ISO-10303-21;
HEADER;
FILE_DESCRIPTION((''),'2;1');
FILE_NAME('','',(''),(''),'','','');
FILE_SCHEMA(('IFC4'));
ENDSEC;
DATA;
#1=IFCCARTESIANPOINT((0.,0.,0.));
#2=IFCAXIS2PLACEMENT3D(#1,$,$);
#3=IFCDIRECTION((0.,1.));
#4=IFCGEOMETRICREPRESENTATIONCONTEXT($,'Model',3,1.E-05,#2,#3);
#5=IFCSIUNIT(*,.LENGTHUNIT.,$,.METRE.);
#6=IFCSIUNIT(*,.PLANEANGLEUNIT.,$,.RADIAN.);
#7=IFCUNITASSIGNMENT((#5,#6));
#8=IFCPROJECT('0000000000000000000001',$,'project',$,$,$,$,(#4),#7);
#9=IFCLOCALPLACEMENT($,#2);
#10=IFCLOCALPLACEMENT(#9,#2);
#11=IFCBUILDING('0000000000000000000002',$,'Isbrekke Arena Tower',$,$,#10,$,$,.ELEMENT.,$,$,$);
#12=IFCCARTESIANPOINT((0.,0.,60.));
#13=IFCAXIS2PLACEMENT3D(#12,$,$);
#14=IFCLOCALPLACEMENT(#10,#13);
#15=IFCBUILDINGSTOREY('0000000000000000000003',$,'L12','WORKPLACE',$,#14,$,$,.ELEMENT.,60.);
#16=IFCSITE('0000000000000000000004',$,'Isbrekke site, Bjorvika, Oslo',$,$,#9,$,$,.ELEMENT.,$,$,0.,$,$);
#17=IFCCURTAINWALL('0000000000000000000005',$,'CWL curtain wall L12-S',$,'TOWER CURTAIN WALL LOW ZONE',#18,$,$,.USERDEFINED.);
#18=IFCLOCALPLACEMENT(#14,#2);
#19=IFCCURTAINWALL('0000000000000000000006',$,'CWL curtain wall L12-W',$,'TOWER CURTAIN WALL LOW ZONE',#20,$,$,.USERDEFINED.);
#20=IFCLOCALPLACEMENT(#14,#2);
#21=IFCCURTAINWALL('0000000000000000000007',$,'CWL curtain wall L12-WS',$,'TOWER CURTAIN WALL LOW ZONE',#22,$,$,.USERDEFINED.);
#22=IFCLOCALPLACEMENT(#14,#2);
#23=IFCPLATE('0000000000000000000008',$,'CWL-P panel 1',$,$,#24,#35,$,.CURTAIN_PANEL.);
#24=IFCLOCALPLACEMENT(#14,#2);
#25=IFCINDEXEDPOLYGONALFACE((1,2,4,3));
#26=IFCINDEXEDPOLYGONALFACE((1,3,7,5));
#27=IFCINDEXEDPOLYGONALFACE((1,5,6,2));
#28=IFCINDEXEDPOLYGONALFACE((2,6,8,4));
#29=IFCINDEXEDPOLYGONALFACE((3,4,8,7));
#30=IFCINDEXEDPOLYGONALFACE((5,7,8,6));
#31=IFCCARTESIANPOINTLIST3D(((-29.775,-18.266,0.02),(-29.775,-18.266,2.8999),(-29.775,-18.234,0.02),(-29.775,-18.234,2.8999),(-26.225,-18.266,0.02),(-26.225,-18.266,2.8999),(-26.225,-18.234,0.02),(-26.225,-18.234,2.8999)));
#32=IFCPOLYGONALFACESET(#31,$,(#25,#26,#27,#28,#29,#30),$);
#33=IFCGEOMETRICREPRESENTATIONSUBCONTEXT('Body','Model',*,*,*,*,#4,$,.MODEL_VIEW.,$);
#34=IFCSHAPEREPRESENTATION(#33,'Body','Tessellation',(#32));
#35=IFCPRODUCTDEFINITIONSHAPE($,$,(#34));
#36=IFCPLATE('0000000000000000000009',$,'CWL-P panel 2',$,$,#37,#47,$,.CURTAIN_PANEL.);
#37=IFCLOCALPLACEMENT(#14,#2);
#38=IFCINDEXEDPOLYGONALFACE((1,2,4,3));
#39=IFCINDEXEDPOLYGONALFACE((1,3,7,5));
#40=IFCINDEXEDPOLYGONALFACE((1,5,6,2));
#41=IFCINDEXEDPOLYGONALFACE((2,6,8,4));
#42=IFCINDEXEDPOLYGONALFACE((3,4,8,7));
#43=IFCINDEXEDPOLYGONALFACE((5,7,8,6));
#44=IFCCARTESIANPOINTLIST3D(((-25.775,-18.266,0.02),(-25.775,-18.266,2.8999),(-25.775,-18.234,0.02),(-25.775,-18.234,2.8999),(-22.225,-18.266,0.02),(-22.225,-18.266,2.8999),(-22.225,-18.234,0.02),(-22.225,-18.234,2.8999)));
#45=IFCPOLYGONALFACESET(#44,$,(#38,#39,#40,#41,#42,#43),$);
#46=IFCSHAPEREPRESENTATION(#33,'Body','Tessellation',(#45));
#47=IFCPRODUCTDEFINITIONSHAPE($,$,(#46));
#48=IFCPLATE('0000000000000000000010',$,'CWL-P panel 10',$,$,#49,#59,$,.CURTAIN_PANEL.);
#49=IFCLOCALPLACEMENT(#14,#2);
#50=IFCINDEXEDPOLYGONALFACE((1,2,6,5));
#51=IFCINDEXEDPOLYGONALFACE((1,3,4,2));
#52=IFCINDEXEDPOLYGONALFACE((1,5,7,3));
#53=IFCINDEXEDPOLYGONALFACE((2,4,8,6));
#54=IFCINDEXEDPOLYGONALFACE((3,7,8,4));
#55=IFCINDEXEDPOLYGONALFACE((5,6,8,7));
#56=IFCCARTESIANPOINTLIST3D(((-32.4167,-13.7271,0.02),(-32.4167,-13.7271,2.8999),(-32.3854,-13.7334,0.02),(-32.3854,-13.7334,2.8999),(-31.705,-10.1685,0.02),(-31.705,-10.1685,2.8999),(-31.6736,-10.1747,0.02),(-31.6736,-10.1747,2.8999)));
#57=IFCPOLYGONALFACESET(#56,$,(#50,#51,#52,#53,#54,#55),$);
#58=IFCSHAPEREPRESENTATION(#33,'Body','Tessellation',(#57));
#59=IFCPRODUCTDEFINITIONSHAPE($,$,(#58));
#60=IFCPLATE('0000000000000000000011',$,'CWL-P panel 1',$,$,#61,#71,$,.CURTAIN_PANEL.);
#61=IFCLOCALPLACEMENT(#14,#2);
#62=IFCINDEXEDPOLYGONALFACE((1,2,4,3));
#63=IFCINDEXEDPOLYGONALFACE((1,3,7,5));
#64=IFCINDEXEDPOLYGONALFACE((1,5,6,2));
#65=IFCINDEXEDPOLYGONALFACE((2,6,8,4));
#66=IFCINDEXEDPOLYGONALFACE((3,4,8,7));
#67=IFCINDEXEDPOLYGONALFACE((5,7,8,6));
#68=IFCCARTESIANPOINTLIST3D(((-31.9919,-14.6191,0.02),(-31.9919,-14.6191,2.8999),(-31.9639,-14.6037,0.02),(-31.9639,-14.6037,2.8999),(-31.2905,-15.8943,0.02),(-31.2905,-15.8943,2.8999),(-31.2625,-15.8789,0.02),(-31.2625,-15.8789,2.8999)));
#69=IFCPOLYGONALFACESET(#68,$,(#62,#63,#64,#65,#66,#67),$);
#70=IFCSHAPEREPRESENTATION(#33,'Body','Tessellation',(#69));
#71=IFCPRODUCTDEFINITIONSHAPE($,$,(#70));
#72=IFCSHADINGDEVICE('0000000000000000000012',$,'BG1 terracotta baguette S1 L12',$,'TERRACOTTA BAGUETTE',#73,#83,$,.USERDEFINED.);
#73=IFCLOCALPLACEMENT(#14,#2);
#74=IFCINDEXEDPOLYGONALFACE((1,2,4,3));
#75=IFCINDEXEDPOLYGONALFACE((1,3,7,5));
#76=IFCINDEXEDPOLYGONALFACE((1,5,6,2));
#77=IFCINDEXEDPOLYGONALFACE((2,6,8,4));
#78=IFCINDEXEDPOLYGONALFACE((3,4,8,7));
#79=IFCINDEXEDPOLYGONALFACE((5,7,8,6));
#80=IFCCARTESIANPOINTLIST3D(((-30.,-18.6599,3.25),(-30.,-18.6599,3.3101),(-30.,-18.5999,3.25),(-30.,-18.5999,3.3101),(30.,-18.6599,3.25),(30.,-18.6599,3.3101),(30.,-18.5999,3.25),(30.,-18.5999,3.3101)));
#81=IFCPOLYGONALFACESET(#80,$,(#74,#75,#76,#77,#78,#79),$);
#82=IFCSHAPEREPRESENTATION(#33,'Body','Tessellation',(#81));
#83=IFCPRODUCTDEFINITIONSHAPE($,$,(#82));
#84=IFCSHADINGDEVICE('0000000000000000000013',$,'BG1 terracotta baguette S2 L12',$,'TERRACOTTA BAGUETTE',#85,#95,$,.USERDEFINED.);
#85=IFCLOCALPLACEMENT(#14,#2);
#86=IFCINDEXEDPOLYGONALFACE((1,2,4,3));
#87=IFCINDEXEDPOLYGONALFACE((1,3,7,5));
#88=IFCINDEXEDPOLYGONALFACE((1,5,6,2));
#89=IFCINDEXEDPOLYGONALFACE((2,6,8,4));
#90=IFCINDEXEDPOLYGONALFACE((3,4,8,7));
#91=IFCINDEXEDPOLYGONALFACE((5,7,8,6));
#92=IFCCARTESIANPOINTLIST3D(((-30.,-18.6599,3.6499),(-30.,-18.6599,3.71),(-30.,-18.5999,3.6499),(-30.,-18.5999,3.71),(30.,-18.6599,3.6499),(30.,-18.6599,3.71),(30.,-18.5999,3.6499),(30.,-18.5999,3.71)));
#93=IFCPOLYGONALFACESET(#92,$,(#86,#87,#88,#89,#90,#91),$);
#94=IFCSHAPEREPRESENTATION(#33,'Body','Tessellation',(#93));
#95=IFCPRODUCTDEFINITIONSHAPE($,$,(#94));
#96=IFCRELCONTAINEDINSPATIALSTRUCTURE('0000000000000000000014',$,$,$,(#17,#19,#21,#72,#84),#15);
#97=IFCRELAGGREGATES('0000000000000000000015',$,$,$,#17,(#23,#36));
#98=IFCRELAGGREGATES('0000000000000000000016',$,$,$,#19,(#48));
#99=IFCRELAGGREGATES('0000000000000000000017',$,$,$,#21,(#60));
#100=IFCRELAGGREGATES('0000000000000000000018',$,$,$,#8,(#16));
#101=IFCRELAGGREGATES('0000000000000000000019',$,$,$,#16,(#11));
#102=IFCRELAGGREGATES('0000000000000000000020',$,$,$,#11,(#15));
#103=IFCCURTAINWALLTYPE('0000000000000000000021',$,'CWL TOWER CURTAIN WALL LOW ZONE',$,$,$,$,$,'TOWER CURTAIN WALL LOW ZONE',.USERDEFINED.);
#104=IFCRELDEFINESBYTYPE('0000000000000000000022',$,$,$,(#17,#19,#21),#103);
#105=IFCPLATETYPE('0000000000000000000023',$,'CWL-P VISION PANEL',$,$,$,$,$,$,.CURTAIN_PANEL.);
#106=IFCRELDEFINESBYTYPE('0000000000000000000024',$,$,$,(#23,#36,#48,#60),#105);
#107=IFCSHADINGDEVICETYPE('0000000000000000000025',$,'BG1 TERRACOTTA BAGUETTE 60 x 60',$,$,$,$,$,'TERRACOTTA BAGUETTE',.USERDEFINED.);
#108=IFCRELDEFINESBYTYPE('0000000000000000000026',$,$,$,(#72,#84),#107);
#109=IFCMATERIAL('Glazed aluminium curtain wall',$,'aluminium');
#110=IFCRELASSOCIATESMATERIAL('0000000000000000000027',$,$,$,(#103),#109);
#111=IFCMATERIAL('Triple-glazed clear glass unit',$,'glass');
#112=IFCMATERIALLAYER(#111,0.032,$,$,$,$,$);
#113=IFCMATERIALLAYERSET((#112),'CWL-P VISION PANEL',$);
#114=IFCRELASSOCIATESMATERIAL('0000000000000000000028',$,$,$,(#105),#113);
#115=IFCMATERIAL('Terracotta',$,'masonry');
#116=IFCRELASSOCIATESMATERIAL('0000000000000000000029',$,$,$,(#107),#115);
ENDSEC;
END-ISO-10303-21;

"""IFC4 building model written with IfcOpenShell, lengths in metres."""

from ifc_helpers import new_model, si_unit, direction, frame, origin, origin_2d, place, context, subcontext, project, spatial, rectangle, extrude, material, layer, layer_set, material_profile, profile_set, type_object, element, aggregate, save


model = new_model("IFC4")

# Units and contexts
model_context = context("Model", 3, precision=1e-05, world=origin(), true_north=direction((0.0, 1.0)))
body_context = subcontext(model_context, "Body", "Model", "MODEL_VIEW")
ifc_project = project(units=[si_unit("LENGTHUNIT", "METRE"), si_unit("PLANEANGLEUNIT", "RADIAN")], contexts=[model_context])

# Site, building, storey
site_placement = place(None, origin())
site = spatial("IfcSite", under=ifc_project, at=site_placement, Name="Isbrekke site, Bjorvika, Oslo", CompositionType="ELEMENT", RefElevation=0.0)
building_placement = place(site_placement, origin())
building = spatial("IfcBuilding", under=site, at=building_placement, Name="Isbrekke Arena Tower", CompositionType="ELEMENT")
storey_placement = place(building_placement, frame((0.0, 0.0, 60.0)))
storey = spatial("IfcBuildingStorey", under=building, at=storey_placement, Name="L12", Description="WORKPLACE", CompositionType="ELEMENT", Elevation=60.0)

# Curtain walls
ifc_material_1 = material(Name="Glazed aluminium curtain wall", Category="aluminium")
curtain_wall_type = type_object("IfcCurtainWallType", Name="CWL TOWER CURTAIN WALL LOW ZONE", ElementType="TOWER CURTAIN WALL LOW ZONE", PredefinedType="USERDEFINED", material=ifc_material_1)
curtain_wall_1_placement = place(storey_placement, origin())
curtain_wall_1 = element("IfcCurtainWall", 1, at=curtain_wall_1_placement, inside=storey, type_object=curtain_wall_type, Name="CWL curtain wall L12-S", ObjectType="TOWER CURTAIN WALL LOW ZONE", PredefinedType="USERDEFINED")
curtain_wall_2_placement = place(storey_placement, origin())
curtain_wall_2 = element("IfcCurtainWall", 2, at=curtain_wall_2_placement, inside=storey, type_object=curtain_wall_type, Name="CWL curtain wall L12-W", ObjectType="TOWER CURTAIN WALL LOW ZONE", PredefinedType="USERDEFINED")
curtain_wall_3_placement = place(storey_placement, origin())
curtain_wall_3 = element("IfcCurtainWall", 3, at=curtain_wall_3_placement, inside=storey, type_object=curtain_wall_type, Name="CWL curtain wall L12-WS", ObjectType="TOWER CURTAIN WALL LOW ZONE", PredefinedType="USERDEFINED")

# Plates
ifc_material_2 = material(Name="Triple-glazed clear glass unit", Category="glass")
ifc_layer = layer(ifc_material_2, 0.032)
ifc_layer_set = layer_set([ifc_layer], Name="CWL-P VISION PANEL")
plate_type = type_object("IfcPlateType", Name="CWL-P VISION PANEL", PredefinedType="CURTAIN_PANEL", material=ifc_layer_set)
plate_1_placement = place(storey_placement, frame((-28.0, -18.25, 0.02), z_axis=(0.0, 0.0, 1.0), x_axis=(1.0, 0.0, 0.0)))
plate_1 = element("IfcPlate", 4, at=plate_1_placement, type_object=plate_type, Name="CWL-P panel 1", PredefinedType="CURTAIN_PANEL", context=body_context, shape_type="SweptSolid", body=[
    extrude(rectangle(XDim=3.55, YDim=0.032, at=origin_2d()), origin(), (0.0, 0.0, 1.0), 2.8799),
])
plate_2_placement = place(storey_placement, frame((-24.0, -18.25, 0.02), z_axis=(0.0, 0.0, 1.0), x_axis=(1.0, 0.0, 0.0)))
plate_2 = element("IfcPlate", 5, at=plate_2_placement, type_object=plate_type, Name="CWL-P panel 2", PredefinedType="CURTAIN_PANEL", context=body_context, shape_type="SweptSolid", body=[
    extrude(rectangle(XDim=3.55, YDim=0.032, at=origin_2d()), origin(), (0.0, 0.0, 1.0), 2.8799),
])
aggregate(curtain_wall_1, [plate_1, plate_2])
plate_3_placement = place(storey_placement, frame((-32.0452, -11.9509, 0.02), z_axis=(0.0, 0.0, 1.0), x_axis=(-0.196116, -0.980581, 0.0)))
plate_3 = element("IfcPlate", 6, at=plate_3_placement, type_object=plate_type, Name="CWL-P panel 10", PredefinedType="CURTAIN_PANEL", context=body_context, shape_type="SweptSolid", body=[
    extrude(rectangle(XDim=3.6292, YDim=0.032, at=origin_2d()), origin(), (0.0, 0.0, 1.0), 2.8799),
])
aggregate(curtain_wall_2, [plate_3])
plate_4_placement = place(storey_placement, frame((-31.6272, -15.249, 0.02), z_axis=(0.0, 0.0, 1.0), x_axis=(0.481919, -0.876216, 0.0)))
plate_4 = element("IfcPlate", 7, at=plate_4_placement, type_object=plate_type, Name="CWL-P panel 1", PredefinedType="CURTAIN_PANEL", context=body_context, shape_type="SweptSolid", body=[
    extrude(rectangle(XDim=1.4553, YDim=0.032, at=origin_2d()), origin(), (0.0, 0.0, 1.0), 2.8799),
])
aggregate(curtain_wall_3, [plate_4])

# Shading devices
ifc_material_3 = material(Name="Terracotta", Category="masonry")
ifc_material_profile_1 = material_profile(ifc_material_3, rectangle(XDim=0.0601, YDim=0.0601, at=origin_2d()), Name="BAGUETTE 60X60")
ifc_profile_set_1 = profile_set([ifc_material_profile_1], Name="Terracotta")
shading_device_type = type_object("IfcShadingDeviceType", Name="BG1 TERRACOTTA BAGUETTE 60 x 60", ElementType="TERRACOTTA BAGUETTE", PredefinedType="USERDEFINED", material=ifc_profile_set_1)
for number, where, z_axis, x_axis, name in (
    (8, (-30.0, -18.6299, 3.28), (1.0, 0.0, 0.0), (0.0, 1.0, 0.0), "BG1 terracotta baguette S1 L12"),
    (9, (-30.0, -18.6299, 3.6799), (1.0, 0.0, 0.0), (0.0, 1.0, 0.0), "BG1 terracotta baguette S2 L12"),
):
    element("IfcShadingDevice", number, at=place(storey_placement, frame(where, z_axis=z_axis, x_axis=x_axis)), inside=storey, type_object=shading_device_type, Name=name, ObjectType="TERRACOTTA BAGUETTE", PredefinedType="USERDEFINED", context=body_context, shape_type="SweptSolid", body=[
        extrude(rectangle(XDim=0.0601, YDim=0.0601, at=origin_2d()), origin(), (0.0, 0.0, 1.0), 60.0),
    ])

save(model, "model.ifc")
